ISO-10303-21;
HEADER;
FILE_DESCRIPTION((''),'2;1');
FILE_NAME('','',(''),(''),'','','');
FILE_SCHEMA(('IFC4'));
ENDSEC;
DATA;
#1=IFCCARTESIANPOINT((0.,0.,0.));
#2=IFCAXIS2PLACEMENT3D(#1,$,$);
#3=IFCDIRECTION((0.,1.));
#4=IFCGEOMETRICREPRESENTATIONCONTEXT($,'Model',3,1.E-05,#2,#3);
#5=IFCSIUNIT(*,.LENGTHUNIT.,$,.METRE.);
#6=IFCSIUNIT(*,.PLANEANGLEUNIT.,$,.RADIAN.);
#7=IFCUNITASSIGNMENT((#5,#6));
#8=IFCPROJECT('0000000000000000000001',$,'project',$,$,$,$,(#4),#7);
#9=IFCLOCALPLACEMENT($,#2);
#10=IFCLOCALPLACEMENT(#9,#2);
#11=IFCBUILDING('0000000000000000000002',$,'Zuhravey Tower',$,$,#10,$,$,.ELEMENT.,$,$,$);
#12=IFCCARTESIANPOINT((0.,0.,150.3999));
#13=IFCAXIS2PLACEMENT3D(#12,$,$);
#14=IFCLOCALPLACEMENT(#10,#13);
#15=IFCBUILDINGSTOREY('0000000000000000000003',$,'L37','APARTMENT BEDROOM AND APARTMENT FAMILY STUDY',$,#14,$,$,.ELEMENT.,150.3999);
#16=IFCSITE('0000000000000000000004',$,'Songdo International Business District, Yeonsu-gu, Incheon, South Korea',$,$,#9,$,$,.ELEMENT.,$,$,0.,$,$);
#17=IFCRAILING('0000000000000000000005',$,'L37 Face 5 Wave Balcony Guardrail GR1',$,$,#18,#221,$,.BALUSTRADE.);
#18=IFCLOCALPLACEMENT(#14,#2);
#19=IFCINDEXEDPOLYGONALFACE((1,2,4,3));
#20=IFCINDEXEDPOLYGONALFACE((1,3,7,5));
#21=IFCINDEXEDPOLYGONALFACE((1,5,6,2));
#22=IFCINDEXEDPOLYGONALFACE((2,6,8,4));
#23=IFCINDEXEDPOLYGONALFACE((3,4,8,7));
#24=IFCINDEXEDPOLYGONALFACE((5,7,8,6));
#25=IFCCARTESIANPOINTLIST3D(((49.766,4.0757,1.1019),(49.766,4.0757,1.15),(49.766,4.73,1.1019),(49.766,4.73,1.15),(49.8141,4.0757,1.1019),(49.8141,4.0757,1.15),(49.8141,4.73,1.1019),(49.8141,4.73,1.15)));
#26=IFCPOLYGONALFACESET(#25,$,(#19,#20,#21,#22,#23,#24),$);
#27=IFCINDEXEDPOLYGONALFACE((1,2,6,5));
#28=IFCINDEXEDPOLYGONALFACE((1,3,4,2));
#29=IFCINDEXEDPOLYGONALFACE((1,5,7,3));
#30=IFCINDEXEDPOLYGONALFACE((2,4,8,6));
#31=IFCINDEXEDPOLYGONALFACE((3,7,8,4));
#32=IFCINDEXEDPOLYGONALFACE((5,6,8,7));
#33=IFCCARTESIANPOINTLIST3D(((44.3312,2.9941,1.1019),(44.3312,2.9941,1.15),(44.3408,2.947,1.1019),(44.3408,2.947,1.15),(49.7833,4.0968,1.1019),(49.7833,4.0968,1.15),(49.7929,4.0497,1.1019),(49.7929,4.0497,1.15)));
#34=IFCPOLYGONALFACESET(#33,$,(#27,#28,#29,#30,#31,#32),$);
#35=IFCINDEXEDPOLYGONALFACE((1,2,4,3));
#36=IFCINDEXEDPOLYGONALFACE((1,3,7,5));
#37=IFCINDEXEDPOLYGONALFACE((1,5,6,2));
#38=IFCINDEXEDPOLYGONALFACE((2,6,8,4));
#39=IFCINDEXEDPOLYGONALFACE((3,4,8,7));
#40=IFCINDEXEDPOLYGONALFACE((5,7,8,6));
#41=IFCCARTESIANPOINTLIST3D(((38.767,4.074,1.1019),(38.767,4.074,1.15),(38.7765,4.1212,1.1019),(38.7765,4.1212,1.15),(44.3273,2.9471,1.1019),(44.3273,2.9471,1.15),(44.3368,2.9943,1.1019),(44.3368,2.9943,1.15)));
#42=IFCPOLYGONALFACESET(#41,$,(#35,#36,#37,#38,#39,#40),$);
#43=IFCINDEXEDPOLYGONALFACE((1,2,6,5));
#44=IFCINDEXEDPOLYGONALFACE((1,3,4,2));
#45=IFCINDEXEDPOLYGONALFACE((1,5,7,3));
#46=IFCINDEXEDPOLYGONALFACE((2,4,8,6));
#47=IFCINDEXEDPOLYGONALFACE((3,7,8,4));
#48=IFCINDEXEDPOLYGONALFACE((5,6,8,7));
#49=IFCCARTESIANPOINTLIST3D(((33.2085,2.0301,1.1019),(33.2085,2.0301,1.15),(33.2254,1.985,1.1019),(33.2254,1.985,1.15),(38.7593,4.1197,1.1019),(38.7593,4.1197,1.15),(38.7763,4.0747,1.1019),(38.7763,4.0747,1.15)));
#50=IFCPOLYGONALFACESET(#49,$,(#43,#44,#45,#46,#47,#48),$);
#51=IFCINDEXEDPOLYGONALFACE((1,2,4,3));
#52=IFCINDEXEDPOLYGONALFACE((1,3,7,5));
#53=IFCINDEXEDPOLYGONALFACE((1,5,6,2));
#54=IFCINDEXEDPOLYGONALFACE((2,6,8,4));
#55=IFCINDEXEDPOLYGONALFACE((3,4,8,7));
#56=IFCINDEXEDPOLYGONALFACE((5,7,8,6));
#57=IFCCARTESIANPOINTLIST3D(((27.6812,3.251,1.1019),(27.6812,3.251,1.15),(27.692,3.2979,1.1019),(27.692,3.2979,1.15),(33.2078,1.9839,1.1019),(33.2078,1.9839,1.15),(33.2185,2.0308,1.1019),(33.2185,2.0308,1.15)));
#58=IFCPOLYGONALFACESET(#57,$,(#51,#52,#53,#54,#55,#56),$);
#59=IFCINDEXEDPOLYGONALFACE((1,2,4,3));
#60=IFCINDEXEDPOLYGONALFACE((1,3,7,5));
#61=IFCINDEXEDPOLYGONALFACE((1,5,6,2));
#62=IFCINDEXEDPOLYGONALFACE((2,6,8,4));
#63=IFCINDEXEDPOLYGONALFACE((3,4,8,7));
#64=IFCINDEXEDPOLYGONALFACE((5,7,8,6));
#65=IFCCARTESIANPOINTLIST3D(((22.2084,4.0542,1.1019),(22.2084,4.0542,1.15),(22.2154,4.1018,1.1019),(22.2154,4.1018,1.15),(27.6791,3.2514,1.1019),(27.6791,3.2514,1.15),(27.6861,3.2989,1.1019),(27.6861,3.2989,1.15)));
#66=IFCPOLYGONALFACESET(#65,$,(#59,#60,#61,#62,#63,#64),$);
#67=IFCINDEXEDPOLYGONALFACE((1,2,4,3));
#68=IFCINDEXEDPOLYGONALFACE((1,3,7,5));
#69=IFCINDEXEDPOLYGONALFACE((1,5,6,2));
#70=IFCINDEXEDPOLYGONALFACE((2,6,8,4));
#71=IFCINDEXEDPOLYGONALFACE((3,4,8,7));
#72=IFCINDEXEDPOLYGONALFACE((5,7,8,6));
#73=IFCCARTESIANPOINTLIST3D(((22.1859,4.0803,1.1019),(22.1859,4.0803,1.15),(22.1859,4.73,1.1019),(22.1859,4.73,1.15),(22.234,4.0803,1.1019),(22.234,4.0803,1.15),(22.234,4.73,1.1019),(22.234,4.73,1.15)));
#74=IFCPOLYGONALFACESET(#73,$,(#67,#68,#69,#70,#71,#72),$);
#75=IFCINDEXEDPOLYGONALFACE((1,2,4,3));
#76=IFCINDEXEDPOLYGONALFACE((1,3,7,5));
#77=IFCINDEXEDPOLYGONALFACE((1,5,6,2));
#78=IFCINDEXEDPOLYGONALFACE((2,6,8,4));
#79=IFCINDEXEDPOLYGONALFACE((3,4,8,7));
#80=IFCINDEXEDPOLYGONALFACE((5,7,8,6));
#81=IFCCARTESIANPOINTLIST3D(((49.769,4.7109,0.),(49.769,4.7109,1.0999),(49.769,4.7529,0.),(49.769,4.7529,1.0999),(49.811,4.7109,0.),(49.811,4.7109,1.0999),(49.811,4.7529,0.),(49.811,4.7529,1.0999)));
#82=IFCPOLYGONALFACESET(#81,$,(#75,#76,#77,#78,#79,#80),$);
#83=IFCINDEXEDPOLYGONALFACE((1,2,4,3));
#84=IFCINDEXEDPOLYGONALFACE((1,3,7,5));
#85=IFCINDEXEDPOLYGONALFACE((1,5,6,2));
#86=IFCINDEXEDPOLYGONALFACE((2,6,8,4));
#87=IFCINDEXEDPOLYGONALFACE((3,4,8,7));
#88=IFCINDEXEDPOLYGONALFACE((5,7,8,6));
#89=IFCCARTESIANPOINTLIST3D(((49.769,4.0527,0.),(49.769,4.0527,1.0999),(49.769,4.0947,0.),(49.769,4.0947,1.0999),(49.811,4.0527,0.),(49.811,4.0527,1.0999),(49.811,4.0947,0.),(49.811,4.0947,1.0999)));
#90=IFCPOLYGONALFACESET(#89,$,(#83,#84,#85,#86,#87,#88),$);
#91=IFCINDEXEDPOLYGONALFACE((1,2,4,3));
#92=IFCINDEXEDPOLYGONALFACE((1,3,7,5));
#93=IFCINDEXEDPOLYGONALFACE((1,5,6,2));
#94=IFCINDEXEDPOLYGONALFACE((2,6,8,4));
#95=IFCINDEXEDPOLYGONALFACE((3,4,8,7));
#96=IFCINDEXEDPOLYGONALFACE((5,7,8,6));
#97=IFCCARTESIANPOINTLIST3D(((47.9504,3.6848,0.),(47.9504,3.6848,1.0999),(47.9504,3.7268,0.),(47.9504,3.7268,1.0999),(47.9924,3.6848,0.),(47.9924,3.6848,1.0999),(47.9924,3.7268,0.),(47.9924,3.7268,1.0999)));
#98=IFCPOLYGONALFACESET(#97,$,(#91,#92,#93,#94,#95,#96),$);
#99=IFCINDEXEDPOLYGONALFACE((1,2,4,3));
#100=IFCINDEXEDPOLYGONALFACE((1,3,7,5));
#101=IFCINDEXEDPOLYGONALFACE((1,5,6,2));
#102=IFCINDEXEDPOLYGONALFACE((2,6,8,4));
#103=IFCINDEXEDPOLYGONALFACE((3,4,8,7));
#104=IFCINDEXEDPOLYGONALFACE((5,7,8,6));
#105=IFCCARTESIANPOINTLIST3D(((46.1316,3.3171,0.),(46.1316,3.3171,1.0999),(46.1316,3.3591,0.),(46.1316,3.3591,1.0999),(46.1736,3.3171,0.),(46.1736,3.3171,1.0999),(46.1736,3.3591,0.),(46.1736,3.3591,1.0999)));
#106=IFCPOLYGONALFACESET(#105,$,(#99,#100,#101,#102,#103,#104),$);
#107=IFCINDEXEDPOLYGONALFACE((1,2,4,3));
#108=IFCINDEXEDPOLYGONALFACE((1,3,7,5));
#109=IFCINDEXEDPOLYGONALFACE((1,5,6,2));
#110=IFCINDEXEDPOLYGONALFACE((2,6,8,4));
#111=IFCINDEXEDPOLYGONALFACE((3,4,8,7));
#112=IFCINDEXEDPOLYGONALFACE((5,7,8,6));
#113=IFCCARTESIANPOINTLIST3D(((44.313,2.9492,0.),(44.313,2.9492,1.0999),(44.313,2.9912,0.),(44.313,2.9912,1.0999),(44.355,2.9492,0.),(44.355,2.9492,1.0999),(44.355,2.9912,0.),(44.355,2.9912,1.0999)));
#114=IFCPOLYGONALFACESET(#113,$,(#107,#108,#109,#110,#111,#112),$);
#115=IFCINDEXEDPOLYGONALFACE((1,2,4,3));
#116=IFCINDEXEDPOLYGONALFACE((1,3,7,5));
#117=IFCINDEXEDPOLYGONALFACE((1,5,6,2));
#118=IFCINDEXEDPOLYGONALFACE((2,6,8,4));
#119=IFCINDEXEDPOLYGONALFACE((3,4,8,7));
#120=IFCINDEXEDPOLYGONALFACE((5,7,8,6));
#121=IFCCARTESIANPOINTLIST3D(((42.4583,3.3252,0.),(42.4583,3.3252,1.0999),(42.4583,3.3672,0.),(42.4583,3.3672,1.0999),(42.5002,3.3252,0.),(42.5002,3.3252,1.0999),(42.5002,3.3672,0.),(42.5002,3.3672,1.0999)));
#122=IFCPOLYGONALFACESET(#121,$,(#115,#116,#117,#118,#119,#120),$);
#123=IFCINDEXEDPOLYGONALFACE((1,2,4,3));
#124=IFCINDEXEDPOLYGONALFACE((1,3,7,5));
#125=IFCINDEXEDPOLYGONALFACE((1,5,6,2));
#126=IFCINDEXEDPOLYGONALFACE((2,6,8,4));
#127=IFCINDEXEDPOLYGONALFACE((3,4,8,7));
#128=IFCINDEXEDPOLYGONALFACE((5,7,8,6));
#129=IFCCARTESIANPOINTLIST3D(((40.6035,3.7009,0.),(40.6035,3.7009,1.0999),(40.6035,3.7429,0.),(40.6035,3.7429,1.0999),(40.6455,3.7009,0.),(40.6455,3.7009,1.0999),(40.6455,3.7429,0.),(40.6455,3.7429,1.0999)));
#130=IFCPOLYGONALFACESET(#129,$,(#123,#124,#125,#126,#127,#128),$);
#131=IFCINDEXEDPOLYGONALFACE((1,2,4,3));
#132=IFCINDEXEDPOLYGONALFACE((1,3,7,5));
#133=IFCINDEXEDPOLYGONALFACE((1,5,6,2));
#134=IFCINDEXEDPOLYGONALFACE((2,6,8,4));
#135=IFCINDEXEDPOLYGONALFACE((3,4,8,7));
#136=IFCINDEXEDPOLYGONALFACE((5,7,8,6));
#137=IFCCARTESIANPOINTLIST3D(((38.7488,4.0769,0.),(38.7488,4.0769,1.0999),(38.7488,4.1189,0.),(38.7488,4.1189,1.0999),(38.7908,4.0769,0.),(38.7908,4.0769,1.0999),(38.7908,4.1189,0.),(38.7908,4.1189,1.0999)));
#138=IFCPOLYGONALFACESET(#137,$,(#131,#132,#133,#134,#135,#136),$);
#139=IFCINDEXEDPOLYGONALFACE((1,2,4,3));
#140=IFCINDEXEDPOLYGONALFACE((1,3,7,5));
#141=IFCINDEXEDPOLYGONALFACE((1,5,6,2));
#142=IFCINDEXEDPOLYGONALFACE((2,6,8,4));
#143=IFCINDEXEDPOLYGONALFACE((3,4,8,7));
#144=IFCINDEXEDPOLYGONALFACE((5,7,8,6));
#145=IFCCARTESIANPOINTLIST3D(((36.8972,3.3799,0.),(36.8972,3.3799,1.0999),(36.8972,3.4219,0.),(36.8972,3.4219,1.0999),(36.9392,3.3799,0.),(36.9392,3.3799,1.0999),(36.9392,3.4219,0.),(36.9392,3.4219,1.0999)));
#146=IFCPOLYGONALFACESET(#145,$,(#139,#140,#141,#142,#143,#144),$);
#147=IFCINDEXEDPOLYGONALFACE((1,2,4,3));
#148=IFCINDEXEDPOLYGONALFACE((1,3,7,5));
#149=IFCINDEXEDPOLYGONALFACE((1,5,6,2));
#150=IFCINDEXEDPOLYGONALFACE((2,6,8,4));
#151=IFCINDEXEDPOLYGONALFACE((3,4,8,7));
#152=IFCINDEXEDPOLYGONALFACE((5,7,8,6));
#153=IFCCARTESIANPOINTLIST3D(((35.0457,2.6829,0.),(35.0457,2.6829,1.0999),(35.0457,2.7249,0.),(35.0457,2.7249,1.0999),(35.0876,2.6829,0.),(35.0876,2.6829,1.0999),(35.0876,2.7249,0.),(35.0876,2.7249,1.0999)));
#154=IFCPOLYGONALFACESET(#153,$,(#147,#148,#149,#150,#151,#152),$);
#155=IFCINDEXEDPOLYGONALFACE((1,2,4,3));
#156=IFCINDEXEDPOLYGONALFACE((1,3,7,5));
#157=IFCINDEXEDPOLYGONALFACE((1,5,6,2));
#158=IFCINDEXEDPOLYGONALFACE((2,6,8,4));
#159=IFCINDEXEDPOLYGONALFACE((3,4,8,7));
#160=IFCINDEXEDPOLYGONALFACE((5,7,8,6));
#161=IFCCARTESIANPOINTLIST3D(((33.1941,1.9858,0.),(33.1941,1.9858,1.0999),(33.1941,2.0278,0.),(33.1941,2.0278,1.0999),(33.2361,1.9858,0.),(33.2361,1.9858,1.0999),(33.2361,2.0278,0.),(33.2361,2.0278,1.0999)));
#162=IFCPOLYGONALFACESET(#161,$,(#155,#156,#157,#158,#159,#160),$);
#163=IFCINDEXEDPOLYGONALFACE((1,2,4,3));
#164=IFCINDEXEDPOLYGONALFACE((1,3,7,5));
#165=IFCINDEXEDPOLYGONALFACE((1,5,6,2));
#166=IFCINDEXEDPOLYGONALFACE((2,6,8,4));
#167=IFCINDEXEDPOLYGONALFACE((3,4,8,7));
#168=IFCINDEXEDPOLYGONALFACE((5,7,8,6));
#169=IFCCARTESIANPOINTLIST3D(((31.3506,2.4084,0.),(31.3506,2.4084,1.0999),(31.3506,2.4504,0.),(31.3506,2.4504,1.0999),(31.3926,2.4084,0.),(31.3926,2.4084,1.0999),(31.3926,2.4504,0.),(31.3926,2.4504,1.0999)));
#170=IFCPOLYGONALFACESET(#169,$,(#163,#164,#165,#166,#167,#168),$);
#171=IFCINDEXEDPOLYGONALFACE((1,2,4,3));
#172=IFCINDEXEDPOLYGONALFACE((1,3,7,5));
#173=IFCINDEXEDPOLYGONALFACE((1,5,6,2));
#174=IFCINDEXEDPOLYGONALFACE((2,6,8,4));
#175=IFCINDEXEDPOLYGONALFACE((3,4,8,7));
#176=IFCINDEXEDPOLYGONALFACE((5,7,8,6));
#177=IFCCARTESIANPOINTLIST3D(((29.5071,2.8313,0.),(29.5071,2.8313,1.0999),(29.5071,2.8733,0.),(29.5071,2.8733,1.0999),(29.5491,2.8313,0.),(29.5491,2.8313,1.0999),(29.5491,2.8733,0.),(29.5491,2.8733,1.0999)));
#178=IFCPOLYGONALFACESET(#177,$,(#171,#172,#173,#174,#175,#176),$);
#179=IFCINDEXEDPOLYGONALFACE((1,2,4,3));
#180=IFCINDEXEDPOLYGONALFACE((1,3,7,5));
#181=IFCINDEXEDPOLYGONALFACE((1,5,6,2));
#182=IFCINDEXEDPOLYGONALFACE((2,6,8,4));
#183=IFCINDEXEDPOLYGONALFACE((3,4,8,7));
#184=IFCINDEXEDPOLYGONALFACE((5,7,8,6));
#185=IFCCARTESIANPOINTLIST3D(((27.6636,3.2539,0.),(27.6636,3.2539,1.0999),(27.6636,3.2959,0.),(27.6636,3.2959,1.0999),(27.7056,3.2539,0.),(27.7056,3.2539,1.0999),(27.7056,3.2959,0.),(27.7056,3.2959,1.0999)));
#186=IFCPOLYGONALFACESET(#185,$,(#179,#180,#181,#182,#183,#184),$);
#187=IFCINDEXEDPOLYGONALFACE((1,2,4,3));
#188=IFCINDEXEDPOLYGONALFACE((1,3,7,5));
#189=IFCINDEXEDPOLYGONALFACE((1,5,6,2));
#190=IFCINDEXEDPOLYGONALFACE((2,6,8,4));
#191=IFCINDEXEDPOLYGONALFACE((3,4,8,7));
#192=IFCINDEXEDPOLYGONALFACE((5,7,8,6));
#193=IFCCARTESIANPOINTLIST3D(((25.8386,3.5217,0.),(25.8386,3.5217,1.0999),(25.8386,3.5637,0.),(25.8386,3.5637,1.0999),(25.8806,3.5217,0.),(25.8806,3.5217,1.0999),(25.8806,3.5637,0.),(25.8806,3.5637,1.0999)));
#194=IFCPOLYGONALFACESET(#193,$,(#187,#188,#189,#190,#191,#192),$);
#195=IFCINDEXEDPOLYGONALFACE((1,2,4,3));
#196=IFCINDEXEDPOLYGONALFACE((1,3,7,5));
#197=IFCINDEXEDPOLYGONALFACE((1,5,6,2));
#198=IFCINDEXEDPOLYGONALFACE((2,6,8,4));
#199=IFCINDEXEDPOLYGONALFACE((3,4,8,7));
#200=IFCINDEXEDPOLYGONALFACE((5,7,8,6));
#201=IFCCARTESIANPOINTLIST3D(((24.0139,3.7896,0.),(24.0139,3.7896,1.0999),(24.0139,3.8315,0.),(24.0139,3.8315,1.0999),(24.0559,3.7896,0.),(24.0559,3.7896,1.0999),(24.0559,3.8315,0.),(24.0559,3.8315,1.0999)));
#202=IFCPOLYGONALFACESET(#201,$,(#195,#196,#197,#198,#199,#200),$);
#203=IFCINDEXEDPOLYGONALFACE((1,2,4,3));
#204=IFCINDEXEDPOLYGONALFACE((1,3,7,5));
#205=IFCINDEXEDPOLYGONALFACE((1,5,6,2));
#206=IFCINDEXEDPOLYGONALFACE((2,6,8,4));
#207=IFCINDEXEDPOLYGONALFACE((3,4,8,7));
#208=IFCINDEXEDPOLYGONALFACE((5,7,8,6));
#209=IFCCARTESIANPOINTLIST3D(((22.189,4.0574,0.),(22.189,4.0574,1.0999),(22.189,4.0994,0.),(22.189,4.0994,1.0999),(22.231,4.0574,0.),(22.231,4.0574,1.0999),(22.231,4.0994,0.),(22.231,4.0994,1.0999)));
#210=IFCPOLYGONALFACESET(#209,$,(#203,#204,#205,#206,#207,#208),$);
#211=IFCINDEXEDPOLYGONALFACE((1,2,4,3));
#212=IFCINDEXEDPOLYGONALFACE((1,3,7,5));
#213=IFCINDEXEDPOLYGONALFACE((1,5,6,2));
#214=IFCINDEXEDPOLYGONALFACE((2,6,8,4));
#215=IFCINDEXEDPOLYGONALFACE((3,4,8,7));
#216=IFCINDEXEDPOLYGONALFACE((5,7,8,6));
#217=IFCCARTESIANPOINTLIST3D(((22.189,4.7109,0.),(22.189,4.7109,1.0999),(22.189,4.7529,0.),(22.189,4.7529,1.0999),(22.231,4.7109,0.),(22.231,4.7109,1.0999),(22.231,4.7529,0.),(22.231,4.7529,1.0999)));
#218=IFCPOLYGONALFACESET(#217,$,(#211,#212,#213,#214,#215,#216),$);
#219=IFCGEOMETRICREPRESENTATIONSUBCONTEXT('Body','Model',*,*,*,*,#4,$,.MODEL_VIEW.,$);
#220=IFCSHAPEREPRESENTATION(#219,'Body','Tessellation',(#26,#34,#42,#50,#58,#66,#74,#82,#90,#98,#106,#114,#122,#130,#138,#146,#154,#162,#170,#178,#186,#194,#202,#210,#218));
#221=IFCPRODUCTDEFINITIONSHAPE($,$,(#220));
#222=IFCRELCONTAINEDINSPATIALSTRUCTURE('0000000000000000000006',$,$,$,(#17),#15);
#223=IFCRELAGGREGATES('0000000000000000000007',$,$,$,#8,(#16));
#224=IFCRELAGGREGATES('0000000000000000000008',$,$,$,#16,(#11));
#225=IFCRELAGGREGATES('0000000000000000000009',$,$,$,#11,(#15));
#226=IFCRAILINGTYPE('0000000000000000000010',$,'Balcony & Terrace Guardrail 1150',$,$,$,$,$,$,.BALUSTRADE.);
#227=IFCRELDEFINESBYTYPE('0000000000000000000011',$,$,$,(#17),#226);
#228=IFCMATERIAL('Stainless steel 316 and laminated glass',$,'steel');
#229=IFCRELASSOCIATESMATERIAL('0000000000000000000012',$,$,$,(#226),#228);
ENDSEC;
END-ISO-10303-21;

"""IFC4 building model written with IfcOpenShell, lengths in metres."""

from ifc_helpers import new_model, si_unit, direction, frame, origin, origin_2d, place, context, subcontext, project, spatial, rectangle, extrude, material, type_object, element, save


model = new_model("IFC4")

# Units and contexts
model_context = context("Model", 3, precision=1e-05, world=origin(), true_north=direction((0.0, 1.0)))
body_context = subcontext(model_context, "Body", "Model", "MODEL_VIEW")
ifc_project = project(units=[si_unit("LENGTHUNIT", "METRE"), si_unit("PLANEANGLEUNIT", "RADIAN")], contexts=[model_context])

# Site, building, storey
site_placement = place(None, origin())
site = spatial("IfcSite", under=ifc_project, at=site_placement, Name="Songdo International Business District, Yeonsu-gu, Incheon, South Korea", CompositionType="ELEMENT", RefElevation=0.0)
building_placement = place(site_placement, origin())
building = spatial("IfcBuilding", under=site, at=building_placement, Name="Zuhravey Tower", CompositionType="ELEMENT")
storey_placement = place(building_placement, frame((0.0, 0.0, 150.3999)))
storey = spatial("IfcBuildingStorey", under=building, at=storey_placement, Name="L37", Description="APARTMENT BEDROOM AND APARTMENT FAMILY STUDY", CompositionType="ELEMENT", Elevation=150.3999)

# Railing
ifc_material_1 = material(Name="Stainless steel 316 and laminated glass", Category="steel")
railing_type = type_object("IfcRailingType", Name="Balcony & Terrace Guardrail 1150", PredefinedType="BALUSTRADE", material=ifc_material_1)
railing_placement = place(storey_placement, frame((49.79, 4.7319, 0.0)))
element("IfcRailing", 1, at=railing_placement, inside=storey, type_object=railing_type, Name="L37 Face 5 Wave Balcony Guardrail GR1", PredefinedType="BALUSTRADE", context=body_context, shape_type="SweptSolid", body=[
    extrude(rectangle(XDim=0.0481, YDim=0.0481, at=origin_2d()), frame((0.0, -0.002, 1.126), z_axis=(0.0, -1.0, 0.0), x_axis=(1.0, 0.0, 0.0)), (0.0, 0.0, 1.0), 0.6543),
    extrude(rectangle(XDim=0.0481, YDim=0.0481, at=origin_2d()), frame((-0.002, -0.6587, 1.126), z_axis=(-0.980153, -0.198241, 0.0), x_axis=(0.198241, -0.980153, 0.0)), (0.0, 0.0, 1.0), 5.5625),
    extrude(rectangle(XDim=0.0481, YDim=0.0481, at=origin_2d()), frame((-5.458, -1.7612, 1.126), z_axis=(-0.980075, 0.198629, 0.0), x_axis=(-0.198629, -0.980075, 0.0)), (0.0, 0.0, 1.0), 5.6733),
    extrude(rectangle(XDim=0.0481, YDim=0.0481, at=origin_2d()), frame((-11.0222, -0.6348, 1.126), z_axis=(-0.935882, -0.352313, 0.0), x_axis=(0.352313, -0.935882, 0.0)), (0.0, 0.0, 1.0), 5.9312),
    extrude(rectangle(XDim=0.0481, YDim=0.0481, at=origin_2d()), frame((-16.5769, -2.7246, 1.126), z_axis=(-0.974707, 0.223486, 0.0), x_axis=(-0.223486, -0.974707, 0.0)), (0.0, 0.0, 1.0), 5.6699),
    extrude(rectangle(XDim=0.0481, YDim=0.0481, at=origin_2d()), frame((-22.1074, -1.4568, 1.126), z_axis=(-0.989401, 0.145207, 0.0), x_axis=(-0.145207, -0.989401, 0.0)), (0.0, 0.0, 1.0), 5.5293),
    extrude(rectangle(XDim=0.0481, YDim=0.0481, at=origin_2d()), frame((-27.5801, -0.6516, 1.126), z_axis=(0.0, 1.0, 0.0), x_axis=(-1.0, 0.0, 0.0)), (0.0, 0.0, 1.0), 0.6497),
    extrude(rectangle(XDim=0.042, YDim=0.042, at=origin_2d()), origin(), (0.0, 0.0, 1.0), 1.0999),
    extrude(rectangle(XDim=0.042, YDim=0.042, at=origin_2d()), frame((0.0, -0.6582, 0.0)), (0.0, 0.0, 1.0), 1.0999),
    extrude(rectangle(XDim=0.042, YDim=0.042, at=origin_2d()), frame((-1.8186, -1.0261, 0.0)), (0.0, 0.0, 1.0), 1.0999),
    extrude(rectangle(XDim=0.042, YDim=0.042, at=origin_2d()), frame((-3.6375, -1.3938, 0.0)), (0.0, 0.0, 1.0), 1.0999),
    extrude(rectangle(XDim=0.042, YDim=0.042, at=origin_2d()), frame((-5.4561, -1.7617, 0.0)), (0.0, 0.0, 1.0), 1.0999),
    extrude(rectangle(XDim=0.042, YDim=0.042, at=origin_2d()), frame((-7.3108, -1.3857, 0.0)), (0.0, 0.0, 1.0), 1.0999),
    extrude(rectangle(XDim=0.042, YDim=0.042, at=origin_2d()), frame((-9.1655, -1.01, 0.0)), (0.0, 0.0, 1.0), 1.0999),
    extrude(rectangle(XDim=0.042, YDim=0.042, at=origin_2d()), frame((-11.0203, -0.634, 0.0)), (0.0, 0.0, 1.0), 1.0999),
    extrude(rectangle(XDim=0.042, YDim=0.042, at=origin_2d()), frame((-12.8718, -1.3311, 0.0)), (0.0, 0.0, 1.0), 1.0999),
    extrude(rectangle(XDim=0.042, YDim=0.042, at=origin_2d()), frame((-14.7234, -2.0281, 0.0)), (0.0, 0.0, 1.0), 1.0999),
    extrude(rectangle(XDim=0.042, YDim=0.042, at=origin_2d()), frame((-16.575, -2.7251, 0.0)), (0.0, 0.0, 1.0), 1.0999),
    extrude(rectangle(XDim=0.042, YDim=0.042, at=origin_2d()), frame((-18.4185, -2.3025, 0.0)), (0.0, 0.0, 1.0), 1.0999),
    extrude(rectangle(XDim=0.042, YDim=0.042, at=origin_2d()), frame((-20.262, -1.8796, 0.0)), (0.0, 0.0, 1.0), 1.0999),
    extrude(rectangle(XDim=0.042, YDim=0.042, at=origin_2d()), frame((-22.1055, -1.457, 0.0)), (0.0, 0.0, 1.0), 1.0999),
    extrude(rectangle(XDim=0.042, YDim=0.042, at=origin_2d()), frame((-23.9304, -1.1892, 0.0)), (0.0, 0.0, 1.0), 1.0999),
    extrude(rectangle(XDim=0.042, YDim=0.042, at=origin_2d()), frame((-25.7551, -0.9214, 0.0)), (0.0, 0.0, 1.0), 1.0999),
    extrude(rectangle(XDim=0.042, YDim=0.042, at=origin_2d()), frame((-27.5801, -0.6536, 0.0)), (0.0, 0.0, 1.0), 1.0999),
    extrude(rectangle(XDim=0.042, YDim=0.042, at=origin_2d()), frame((-27.5801, 0.0, 0.0)), (0.0, 0.0, 1.0), 1.0999),
])

save(model, "model.ifc")
